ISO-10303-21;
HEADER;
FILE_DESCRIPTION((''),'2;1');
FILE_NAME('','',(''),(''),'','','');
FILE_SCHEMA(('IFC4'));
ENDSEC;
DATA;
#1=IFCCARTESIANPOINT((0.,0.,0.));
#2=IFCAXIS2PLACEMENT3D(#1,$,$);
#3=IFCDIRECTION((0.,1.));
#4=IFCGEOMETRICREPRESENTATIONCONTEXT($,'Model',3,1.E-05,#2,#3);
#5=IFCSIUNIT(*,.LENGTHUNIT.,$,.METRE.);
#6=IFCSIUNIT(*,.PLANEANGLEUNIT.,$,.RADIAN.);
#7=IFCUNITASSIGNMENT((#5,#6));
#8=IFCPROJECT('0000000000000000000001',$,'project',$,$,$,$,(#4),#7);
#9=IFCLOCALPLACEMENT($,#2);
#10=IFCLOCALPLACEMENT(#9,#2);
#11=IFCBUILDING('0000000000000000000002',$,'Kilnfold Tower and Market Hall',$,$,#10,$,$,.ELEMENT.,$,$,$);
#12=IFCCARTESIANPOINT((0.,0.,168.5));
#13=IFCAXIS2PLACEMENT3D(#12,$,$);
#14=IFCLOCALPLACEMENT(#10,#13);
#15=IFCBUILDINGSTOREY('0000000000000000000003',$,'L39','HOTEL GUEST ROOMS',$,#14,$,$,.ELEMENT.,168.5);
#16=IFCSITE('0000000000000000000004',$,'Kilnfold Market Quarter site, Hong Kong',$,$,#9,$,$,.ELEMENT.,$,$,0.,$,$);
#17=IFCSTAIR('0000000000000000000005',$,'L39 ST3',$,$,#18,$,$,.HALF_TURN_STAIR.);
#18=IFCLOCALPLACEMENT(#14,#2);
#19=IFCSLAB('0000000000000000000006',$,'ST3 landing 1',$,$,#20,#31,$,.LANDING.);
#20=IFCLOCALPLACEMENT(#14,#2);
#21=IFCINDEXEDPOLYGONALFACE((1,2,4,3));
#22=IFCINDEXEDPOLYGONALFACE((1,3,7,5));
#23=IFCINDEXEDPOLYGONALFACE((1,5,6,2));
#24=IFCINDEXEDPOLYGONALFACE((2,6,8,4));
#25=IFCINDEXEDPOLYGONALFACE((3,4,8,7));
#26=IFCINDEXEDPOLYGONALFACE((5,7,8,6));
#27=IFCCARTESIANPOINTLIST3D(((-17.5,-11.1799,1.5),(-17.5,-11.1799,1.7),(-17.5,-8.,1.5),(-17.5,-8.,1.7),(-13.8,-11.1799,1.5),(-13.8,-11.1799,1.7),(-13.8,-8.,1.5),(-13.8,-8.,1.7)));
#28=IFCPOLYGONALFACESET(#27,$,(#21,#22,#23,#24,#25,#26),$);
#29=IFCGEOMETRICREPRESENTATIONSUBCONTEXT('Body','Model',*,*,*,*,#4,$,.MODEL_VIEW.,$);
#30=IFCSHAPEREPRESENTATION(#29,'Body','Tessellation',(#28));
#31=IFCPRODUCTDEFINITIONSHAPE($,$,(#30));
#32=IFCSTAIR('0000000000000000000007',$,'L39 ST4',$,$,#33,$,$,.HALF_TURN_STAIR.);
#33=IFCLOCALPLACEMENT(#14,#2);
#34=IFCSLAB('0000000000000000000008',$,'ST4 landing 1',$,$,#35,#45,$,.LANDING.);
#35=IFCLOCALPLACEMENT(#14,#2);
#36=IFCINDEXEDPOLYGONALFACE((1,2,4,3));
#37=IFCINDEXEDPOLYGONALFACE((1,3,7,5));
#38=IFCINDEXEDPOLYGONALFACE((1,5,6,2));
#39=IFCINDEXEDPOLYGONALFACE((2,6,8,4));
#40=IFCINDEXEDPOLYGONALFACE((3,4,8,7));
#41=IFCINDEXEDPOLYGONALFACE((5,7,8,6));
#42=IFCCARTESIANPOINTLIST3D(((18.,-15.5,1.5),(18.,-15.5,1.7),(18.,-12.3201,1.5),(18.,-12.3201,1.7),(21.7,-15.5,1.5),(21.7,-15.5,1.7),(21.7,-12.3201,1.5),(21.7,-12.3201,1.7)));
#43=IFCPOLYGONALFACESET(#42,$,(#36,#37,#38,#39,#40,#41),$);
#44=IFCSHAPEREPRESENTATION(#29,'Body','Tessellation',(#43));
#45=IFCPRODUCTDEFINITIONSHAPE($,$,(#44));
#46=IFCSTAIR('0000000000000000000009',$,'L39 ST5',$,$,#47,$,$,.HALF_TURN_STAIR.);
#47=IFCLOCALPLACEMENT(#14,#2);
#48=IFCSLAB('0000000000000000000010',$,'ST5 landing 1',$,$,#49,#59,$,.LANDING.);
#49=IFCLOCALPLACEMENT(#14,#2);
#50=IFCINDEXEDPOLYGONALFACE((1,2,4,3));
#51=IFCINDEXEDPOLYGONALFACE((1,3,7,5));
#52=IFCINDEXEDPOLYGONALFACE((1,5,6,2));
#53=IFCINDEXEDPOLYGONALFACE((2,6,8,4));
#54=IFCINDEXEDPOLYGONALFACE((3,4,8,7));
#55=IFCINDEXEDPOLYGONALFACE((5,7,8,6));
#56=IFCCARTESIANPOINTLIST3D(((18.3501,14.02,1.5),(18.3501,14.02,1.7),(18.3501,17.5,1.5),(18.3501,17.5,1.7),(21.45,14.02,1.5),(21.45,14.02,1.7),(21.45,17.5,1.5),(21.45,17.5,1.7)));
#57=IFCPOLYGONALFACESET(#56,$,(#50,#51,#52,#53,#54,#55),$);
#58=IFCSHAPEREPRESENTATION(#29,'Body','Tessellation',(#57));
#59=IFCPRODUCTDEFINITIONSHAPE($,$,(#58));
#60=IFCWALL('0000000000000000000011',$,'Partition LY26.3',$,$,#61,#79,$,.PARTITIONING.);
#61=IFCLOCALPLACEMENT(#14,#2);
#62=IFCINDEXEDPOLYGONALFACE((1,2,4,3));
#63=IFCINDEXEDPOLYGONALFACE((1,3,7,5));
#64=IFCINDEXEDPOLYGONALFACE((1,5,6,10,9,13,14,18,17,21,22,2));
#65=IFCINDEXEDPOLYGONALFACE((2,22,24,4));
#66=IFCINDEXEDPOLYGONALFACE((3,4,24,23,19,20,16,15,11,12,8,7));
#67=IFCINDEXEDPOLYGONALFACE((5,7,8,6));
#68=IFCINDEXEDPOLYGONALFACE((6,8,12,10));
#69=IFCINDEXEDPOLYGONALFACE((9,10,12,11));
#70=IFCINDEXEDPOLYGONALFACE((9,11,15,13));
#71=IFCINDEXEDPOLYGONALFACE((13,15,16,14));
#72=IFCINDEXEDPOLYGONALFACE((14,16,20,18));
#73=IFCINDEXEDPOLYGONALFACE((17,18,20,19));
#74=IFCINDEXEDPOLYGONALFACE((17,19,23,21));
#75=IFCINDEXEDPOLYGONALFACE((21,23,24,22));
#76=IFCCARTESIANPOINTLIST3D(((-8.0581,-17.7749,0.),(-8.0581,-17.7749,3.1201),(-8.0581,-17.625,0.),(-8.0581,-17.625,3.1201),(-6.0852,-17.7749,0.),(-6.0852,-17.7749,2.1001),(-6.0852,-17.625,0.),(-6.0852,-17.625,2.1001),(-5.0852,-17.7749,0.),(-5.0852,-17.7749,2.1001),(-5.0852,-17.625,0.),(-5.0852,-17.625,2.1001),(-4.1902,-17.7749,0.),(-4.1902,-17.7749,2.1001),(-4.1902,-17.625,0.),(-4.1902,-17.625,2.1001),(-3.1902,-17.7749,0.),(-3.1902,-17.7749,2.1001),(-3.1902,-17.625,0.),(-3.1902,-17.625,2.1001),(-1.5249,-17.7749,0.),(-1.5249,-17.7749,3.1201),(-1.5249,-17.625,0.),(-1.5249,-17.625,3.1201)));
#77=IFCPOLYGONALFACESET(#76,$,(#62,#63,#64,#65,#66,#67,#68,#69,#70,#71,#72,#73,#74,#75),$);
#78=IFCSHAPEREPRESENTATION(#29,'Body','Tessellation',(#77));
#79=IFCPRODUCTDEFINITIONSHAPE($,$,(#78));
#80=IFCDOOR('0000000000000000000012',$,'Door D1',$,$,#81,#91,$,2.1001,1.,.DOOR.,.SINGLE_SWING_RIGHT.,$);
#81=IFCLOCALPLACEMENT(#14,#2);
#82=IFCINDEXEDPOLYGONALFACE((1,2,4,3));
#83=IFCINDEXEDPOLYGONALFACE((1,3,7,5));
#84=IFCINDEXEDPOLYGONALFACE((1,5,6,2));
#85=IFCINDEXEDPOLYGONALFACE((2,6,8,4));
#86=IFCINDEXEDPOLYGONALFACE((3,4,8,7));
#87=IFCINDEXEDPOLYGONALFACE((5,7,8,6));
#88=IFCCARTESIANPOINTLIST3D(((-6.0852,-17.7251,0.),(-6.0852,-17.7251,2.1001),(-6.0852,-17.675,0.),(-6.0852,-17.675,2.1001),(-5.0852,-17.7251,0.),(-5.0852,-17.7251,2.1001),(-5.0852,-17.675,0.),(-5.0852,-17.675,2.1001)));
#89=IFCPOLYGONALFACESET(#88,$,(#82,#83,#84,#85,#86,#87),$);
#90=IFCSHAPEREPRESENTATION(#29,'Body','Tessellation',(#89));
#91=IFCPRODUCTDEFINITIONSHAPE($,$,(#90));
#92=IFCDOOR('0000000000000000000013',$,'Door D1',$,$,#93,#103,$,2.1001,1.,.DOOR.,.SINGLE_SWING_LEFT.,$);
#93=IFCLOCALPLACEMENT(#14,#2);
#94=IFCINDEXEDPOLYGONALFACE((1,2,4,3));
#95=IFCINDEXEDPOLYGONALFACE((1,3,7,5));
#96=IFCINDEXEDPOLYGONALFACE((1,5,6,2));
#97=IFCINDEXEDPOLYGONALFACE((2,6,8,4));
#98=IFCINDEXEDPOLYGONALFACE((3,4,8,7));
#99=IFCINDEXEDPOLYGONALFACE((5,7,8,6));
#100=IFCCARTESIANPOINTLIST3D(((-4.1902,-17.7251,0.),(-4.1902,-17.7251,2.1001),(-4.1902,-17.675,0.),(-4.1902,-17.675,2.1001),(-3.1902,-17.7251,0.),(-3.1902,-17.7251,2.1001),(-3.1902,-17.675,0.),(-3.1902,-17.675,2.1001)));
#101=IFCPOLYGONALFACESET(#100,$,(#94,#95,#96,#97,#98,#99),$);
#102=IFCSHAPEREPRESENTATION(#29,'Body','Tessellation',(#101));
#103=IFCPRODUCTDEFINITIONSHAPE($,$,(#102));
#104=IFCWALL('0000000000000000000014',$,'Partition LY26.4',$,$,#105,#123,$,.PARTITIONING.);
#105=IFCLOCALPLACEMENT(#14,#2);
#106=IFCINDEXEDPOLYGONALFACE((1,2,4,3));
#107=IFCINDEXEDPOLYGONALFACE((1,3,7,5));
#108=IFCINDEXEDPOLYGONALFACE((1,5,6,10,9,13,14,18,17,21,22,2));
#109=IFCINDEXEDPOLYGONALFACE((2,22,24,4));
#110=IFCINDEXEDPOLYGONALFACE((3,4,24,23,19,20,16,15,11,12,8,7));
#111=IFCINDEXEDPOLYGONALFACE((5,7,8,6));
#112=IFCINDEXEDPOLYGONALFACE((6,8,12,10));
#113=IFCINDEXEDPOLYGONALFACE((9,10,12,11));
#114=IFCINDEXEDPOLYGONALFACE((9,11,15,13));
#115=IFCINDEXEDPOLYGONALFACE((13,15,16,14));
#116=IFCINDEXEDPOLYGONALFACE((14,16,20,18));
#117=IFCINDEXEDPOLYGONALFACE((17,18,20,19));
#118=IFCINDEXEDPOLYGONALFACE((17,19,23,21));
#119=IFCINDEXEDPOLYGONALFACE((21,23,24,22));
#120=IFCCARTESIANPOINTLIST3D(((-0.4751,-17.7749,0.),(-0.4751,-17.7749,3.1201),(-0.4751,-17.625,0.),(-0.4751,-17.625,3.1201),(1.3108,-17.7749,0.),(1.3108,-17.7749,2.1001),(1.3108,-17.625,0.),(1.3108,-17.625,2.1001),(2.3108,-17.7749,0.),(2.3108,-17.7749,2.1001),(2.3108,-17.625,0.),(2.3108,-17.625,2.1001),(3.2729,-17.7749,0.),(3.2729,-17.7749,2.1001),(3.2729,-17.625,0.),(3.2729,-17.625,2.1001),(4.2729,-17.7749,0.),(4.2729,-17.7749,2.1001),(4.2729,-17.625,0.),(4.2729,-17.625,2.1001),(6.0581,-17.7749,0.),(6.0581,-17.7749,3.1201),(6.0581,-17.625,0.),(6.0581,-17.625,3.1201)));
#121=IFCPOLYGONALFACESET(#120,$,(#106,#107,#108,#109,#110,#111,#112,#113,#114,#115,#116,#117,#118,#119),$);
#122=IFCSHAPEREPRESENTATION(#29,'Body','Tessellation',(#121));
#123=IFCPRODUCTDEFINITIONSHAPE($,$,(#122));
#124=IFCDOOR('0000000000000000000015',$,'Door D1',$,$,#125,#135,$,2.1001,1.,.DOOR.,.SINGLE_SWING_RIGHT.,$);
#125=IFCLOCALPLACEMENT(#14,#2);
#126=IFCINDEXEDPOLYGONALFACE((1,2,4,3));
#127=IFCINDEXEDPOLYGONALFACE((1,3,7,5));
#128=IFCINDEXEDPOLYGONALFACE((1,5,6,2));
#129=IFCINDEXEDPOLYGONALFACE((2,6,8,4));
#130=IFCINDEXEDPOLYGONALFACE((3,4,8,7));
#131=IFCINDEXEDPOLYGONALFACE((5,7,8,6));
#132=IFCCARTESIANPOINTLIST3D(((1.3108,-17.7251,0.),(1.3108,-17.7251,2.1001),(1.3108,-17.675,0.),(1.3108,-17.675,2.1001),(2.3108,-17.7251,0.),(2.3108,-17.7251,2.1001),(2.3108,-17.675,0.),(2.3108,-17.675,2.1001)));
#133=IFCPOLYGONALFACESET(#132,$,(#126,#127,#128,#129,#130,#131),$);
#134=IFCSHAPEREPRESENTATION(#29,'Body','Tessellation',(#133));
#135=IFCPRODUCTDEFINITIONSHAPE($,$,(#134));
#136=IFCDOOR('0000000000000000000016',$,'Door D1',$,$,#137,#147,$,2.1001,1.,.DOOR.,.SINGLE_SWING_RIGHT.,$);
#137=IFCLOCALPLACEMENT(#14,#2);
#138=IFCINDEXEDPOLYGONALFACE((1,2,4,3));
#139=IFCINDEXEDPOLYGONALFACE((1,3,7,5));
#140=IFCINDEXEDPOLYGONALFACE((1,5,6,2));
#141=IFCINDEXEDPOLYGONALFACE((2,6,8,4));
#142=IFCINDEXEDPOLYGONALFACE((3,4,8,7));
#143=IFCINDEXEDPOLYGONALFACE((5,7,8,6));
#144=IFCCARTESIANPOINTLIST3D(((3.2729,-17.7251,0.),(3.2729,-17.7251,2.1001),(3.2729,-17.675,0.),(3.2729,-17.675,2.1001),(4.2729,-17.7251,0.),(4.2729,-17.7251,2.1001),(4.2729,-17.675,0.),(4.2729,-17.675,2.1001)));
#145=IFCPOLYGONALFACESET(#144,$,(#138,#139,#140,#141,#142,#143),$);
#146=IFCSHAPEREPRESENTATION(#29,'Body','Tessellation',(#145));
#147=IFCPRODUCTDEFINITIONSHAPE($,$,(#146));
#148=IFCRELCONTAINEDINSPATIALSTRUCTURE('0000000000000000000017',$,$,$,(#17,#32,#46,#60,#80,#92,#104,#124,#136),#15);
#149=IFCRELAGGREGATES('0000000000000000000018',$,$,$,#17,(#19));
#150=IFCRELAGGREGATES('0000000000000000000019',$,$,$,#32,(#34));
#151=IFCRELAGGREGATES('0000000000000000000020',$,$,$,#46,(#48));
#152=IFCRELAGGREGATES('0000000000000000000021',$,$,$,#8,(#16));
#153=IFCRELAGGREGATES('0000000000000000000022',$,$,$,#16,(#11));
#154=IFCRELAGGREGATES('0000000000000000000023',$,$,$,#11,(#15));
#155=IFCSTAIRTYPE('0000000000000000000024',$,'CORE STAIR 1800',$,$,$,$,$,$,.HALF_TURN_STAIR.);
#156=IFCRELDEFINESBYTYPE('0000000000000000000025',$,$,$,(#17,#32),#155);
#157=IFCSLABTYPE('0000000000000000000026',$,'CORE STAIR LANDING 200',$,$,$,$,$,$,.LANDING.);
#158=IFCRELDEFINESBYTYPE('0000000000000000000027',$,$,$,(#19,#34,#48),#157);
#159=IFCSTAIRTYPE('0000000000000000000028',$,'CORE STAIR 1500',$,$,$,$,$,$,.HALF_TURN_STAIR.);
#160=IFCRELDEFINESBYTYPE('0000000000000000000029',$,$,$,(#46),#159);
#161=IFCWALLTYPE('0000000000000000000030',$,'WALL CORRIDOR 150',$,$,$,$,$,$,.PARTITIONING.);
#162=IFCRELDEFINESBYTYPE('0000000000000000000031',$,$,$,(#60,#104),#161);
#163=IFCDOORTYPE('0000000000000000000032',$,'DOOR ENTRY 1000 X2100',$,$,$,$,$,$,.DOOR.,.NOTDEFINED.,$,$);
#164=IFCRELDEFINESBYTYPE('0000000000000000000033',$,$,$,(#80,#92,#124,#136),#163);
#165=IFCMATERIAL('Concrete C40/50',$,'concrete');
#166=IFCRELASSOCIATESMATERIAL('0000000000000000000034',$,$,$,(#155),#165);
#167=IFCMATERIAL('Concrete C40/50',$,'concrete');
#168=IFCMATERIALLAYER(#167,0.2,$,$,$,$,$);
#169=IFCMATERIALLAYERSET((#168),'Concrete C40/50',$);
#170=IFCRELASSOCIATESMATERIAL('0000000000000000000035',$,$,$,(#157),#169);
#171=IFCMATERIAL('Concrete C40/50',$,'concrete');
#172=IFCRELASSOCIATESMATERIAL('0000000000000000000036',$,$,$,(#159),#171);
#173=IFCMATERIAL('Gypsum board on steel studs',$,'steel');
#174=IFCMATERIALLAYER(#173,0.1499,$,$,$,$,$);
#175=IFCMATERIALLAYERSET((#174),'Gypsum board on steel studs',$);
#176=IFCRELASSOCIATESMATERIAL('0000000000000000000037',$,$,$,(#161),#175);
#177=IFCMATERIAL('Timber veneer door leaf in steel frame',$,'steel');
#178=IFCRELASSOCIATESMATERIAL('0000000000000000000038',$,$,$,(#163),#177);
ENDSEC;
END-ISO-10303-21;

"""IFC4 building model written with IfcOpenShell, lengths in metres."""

from ifc_helpers import new_model, si_unit, direction, frame, frame_2d, origin, place, context, subcontext, project, spatial, polyline, rectangle, outline, extrude, source, transform, mapped, material, layer, layer_set, type_object, element, fill, aggregate, save


model = new_model("IFC4")

# Units and contexts
model_context = context("Model", 3, precision=1e-05, world=origin(), true_north=direction((0.0, 1.0)))
body_context = subcontext(model_context, "Body", "Model", "MODEL_VIEW")
ifc_project = project(units=[si_unit("LENGTHUNIT", "METRE"), si_unit("PLANEANGLEUNIT", "RADIAN")], contexts=[model_context])

# Site, building, storey
site_placement = place(None, origin())
site = spatial("IfcSite", under=ifc_project, at=site_placement, Name="Kilnfold Market Quarter site, Hong Kong", CompositionType="ELEMENT", RefElevation=0.0)
building_placement = place(site_placement, origin())
building = spatial("IfcBuilding", under=site, at=building_placement, Name="Kilnfold Tower and Market Hall", CompositionType="ELEMENT")
storey_placement = place(building_placement, frame((0.0, 0.0, 168.5)))
storey = spatial("IfcBuildingStorey", under=building, at=storey_placement, Name="L39", Description="HOTEL GUEST ROOMS", CompositionType="ELEMENT", Elevation=168.5)

# Stairs, slabs
ifc_material_1 = material(Name="Concrete C40/50", Category="concrete")
stair_type_1 = type_object("IfcStairType", Name="CORE STAIR 1800", PredefinedType="HALF_TURN_STAIR", material=ifc_material_1)
ifc_material_2 = material(Name="Concrete C40/50", Category="concrete")
ifc_layer_1 = layer(ifc_material_2, 0.2)
ifc_layer_set_1 = layer_set([ifc_layer_1], Name="Concrete C40/50")
slab_type_1 = type_object("IfcSlabType", Name="CORE STAIR LANDING 200", PredefinedType="LANDING", material=ifc_layer_set_1)
stair_1_placement = place(storey_placement, origin())
stair_1 = element("IfcStair", 1, at=stair_1_placement, inside=storey, type_object=stair_type_1, Name="L39 ST3", PredefinedType="HALF_TURN_STAIR")
shared_shape_1 = source(origin(), body_context, "Body", "SweptSolid", [
    extrude(outline(polyline([(-13.8, -11.1799), (-13.8, -8.0), (-17.5, -8.0), (-17.5, -11.1799), (-13.8, -11.1799)])), origin(), (0.0, 0.0, 1.0), 0.2),
])
slab_1_placement = place(storey_placement, frame((0.0, 0.0, 1.5)))
slab_1 = element("IfcSlab", 2, at=slab_1_placement, type_object=slab_type_1, Name="ST3 landing 1", PredefinedType="LANDING", context=body_context, shape_type="MappedRepresentation", body=[
    mapped(shared_shape_1, transform((0.0, 0.0, 0.0))),
])
aggregate(stair_1, [slab_1])
stair_2_placement = place(storey_placement, origin())
stair_2 = element("IfcStair", 3, at=stair_2_placement, inside=storey, type_object=stair_type_1, Name="L39 ST4", PredefinedType="HALF_TURN_STAIR")
shared_shape_2 = source(origin(), body_context, "Body", "SweptSolid", [
    extrude(outline(polyline([(18.0, -12.3201), (18.0, -15.5), (21.7, -15.5), (21.7, -12.3201), (18.0, -12.3201)])), origin(), (0.0, 0.0, 1.0), 0.2),
])
slab_2_placement = place(storey_placement, frame((0.0, 0.0, 1.5)))
slab_2 = element("IfcSlab", 4, at=slab_2_placement, type_object=slab_type_1, Name="ST4 landing 1", PredefinedType="LANDING", context=body_context, shape_type="MappedRepresentation", body=[
    mapped(shared_shape_2, transform((0.0, 0.0, 0.0))),
])
aggregate(stair_2, [slab_2])
ifc_material_3 = material(Name="Concrete C40/50", Category="concrete")
stair_type_2 = type_object("IfcStairType", Name="CORE STAIR 1500", PredefinedType="HALF_TURN_STAIR", material=ifc_material_3)
stair_3_placement = place(storey_placement, origin())
stair_3 = element("IfcStair", 5, at=stair_3_placement, inside=storey, type_object=stair_type_2, Name="L39 ST5", PredefinedType="HALF_TURN_STAIR")
shared_shape_3 = source(origin(), body_context, "Body", "SweptSolid", [
    extrude(outline(polyline([(21.45, 14.02), (21.45, 17.5), (18.3501, 17.5), (18.3501, 14.02), (21.45, 14.02)])), origin(), (0.0, 0.0, 1.0), 0.2),
])
slab_3_placement = place(storey_placement, frame((0.0, 0.0, 1.5)))
slab_3 = element("IfcSlab", 6, at=slab_3_placement, type_object=slab_type_1, Name="ST5 landing 1", PredefinedType="LANDING", context=body_context, shape_type="MappedRepresentation", body=[
    mapped(shared_shape_3, transform((0.0, 0.0, 0.0))),
])
aggregate(stair_3, [slab_3])

# Walls, openings, doors
ifc_material_4 = material(Name="Gypsum board on steel studs", Category="steel")
ifc_layer_2 = layer(ifc_material_4, 0.1499)
ifc_layer_set_2 = layer_set([ifc_layer_2], Name="Gypsum board on steel studs")
wall_type_1 = type_object("IfcWallType", Name="WALL CORRIDOR 150", PredefinedType="PARTITIONING", material=ifc_layer_set_2)
wall_1_placement = place(storey_placement, frame((-8.0581, -17.7, 0.0), z_axis=(0.0, 0.0, 1.0), x_axis=(1.0, 0.0, 0.0)))
wall_1 = element("IfcWall", 7, at=wall_1_placement, inside=storey, type_object=wall_type_1, Name="Partition LY26.3", PredefinedType="PARTITIONING", context=body_context, shape_type="SweptSolid", body=[
    extrude(rectangle(XDim=6.5332, YDim=0.1499, at=frame_2d((3.2666, 0.0))), origin(), (0.0, 0.0, 1.0), 3.1201),
])
opening_1_placement = place(wall_1_placement, frame((1.9729, 0.0, 0.0)))
opening_1 = element("IfcOpeningElement", 8, at=opening_1_placement, cuts=wall_1, PredefinedType="OPENING", context=body_context, shape_type="SweptSolid", body=[
    extrude(rectangle(XDim=1.0, YDim=2.1001, at=frame_2d((0.5, 1.05))), frame((0.0, 0.085, 0.0), z_axis=(0.0, -1.0, 0.0), x_axis=(1.0, 0.0, 0.0)), (0.0, 0.0, 1.0), 0.1699),
])
opening_2_placement = place(wall_1_placement, frame((3.8679, 0.0, 0.0)))
opening_2 = element("IfcOpeningElement", 9, at=opening_2_placement, cuts=wall_1, PredefinedType="OPENING", context=body_context, shape_type="SweptSolid", body=[
    extrude(rectangle(XDim=1.0, YDim=2.1001, at=frame_2d((0.5, 1.05))), frame((0.0, 0.085, 0.0), z_axis=(0.0, -1.0, 0.0), x_axis=(1.0, 0.0, 0.0)), (0.0, 0.0, 1.0), 0.1699),
])
ifc_material_5 = material(Name="Timber veneer door leaf in steel frame", Category="steel")
door_type_1 = type_object("IfcDoorType", Name="DOOR ENTRY 1000 X2100", OperationType="NOTDEFINED", PredefinedType="DOOR", material=ifc_material_5)
door_1_placement = place(opening_1_placement, origin())
door_1 = element("IfcDoor", 10, at=door_1_placement, inside=storey, type_object=door_type_1, Name="Door D1", OperationType="SINGLE_SWING_RIGHT", OverallHeight=2.1001, OverallWidth=1.0, PredefinedType="DOOR", context=body_context, shape_type="SweptSolid", body=[
    extrude(rectangle(XDim=1.0, YDim=2.1001, at=frame_2d((0.5, 1.05))), frame((0.0, 0.0249, 0.0), z_axis=(0.0, -1.0, 0.0), x_axis=(1.0, 0.0, 0.0)), (0.0, 0.0, 1.0), 0.05),
])
fill(opening_1, door_1)
door_2_placement = place(opening_2_placement, origin())
door_2 = element("IfcDoor", 11, at=door_2_placement, inside=storey, type_object=door_type_1, Name="Door D1", OperationType="SINGLE_SWING_LEFT", OverallHeight=2.1001, OverallWidth=1.0, PredefinedType="DOOR", context=body_context, shape_type="SweptSolid", body=[
    extrude(rectangle(XDim=1.0, YDim=2.1001, at=frame_2d((0.5, 1.05))), frame((0.0, 0.0249, 0.0), z_axis=(0.0, -1.0, 0.0), x_axis=(1.0, 0.0, 0.0)), (0.0, 0.0, 1.0), 0.05),
])
fill(opening_2, door_2)
wall_2_placement = place(storey_placement, frame((-0.4751, -17.7, 0.0), z_axis=(0.0, 0.0, 1.0), x_axis=(1.0, 0.0, 0.0)))
wall_2 = element("IfcWall", 12, at=wall_2_placement, inside=storey, type_object=wall_type_1, Name="Partition LY26.4", PredefinedType="PARTITIONING", context=body_context, shape_type="SweptSolid", body=[
    extrude(rectangle(XDim=6.5332, YDim=0.1499, at=frame_2d((3.2666, 0.0))), origin(), (0.0, 0.0, 1.0), 3.1201),
])
opening_3_placement = place(wall_2_placement, frame((1.7859, 0.0, 0.0)))
opening_3 = element("IfcOpeningElement", 13, at=opening_3_placement, cuts=wall_2, PredefinedType="OPENING", context=body_context, shape_type="SweptSolid", body=[
    extrude(rectangle(XDim=1.0, YDim=2.1001, at=frame_2d((0.5, 1.05))), frame((0.0, 0.085, 0.0), z_axis=(0.0, -1.0, 0.0), x_axis=(1.0, 0.0, 0.0)), (0.0, 0.0, 1.0), 0.1699),
])
opening_4_placement = place(wall_2_placement, frame((3.748, 0.0, 0.0)))
opening_4 = element("IfcOpeningElement", 14, at=opening_4_placement, cuts=wall_2, PredefinedType="OPENING", context=body_context, shape_type="SweptSolid", body=[
    extrude(rectangle(XDim=1.0, YDim=2.1001, at=frame_2d((0.5, 1.05))), frame((0.0, 0.085, 0.0), z_axis=(0.0, -1.0, 0.0), x_axis=(1.0, 0.0, 0.0)), (0.0, 0.0, 1.0), 0.1699),
])
door_3_placement = place(opening_3_placement, origin())
door_3 = element("IfcDoor", 15, at=door_3_placement, inside=storey, type_object=door_type_1, Name="Door D1", OperationType="SINGLE_SWING_RIGHT", OverallHeight=2.1001, OverallWidth=1.0, PredefinedType="DOOR", context=body_context, shape_type="SweptSolid", body=[
    extrude(rectangle(XDim=1.0, YDim=2.1001, at=frame_2d((0.5, 1.05))), frame((0.0, 0.0249, 0.0), z_axis=(0.0, -1.0, 0.0), x_axis=(1.0, 0.0, 0.0)), (0.0, 0.0, 1.0), 0.05),
])
fill(opening_3, door_3)
door_4_placement = place(opening_4_placement, origin())
door_4 = element("IfcDoor", 16, at=door_4_placement, inside=storey, type_object=door_type_1, Name="Door D1", OperationType="SINGLE_SWING_RIGHT", OverallHeight=2.1001, OverallWidth=1.0, PredefinedType="DOOR", context=body_context, shape_type="SweptSolid", body=[
    extrude(rectangle(XDim=1.0, YDim=2.1001, at=frame_2d((0.5, 1.05))), frame((0.0, 0.0249, 0.0), z_axis=(0.0, -1.0, 0.0), x_axis=(1.0, 0.0, 0.0)), (0.0, 0.0, 1.0), 0.05),
])
fill(opening_4, door_4)

save(model, "model.ifc")
